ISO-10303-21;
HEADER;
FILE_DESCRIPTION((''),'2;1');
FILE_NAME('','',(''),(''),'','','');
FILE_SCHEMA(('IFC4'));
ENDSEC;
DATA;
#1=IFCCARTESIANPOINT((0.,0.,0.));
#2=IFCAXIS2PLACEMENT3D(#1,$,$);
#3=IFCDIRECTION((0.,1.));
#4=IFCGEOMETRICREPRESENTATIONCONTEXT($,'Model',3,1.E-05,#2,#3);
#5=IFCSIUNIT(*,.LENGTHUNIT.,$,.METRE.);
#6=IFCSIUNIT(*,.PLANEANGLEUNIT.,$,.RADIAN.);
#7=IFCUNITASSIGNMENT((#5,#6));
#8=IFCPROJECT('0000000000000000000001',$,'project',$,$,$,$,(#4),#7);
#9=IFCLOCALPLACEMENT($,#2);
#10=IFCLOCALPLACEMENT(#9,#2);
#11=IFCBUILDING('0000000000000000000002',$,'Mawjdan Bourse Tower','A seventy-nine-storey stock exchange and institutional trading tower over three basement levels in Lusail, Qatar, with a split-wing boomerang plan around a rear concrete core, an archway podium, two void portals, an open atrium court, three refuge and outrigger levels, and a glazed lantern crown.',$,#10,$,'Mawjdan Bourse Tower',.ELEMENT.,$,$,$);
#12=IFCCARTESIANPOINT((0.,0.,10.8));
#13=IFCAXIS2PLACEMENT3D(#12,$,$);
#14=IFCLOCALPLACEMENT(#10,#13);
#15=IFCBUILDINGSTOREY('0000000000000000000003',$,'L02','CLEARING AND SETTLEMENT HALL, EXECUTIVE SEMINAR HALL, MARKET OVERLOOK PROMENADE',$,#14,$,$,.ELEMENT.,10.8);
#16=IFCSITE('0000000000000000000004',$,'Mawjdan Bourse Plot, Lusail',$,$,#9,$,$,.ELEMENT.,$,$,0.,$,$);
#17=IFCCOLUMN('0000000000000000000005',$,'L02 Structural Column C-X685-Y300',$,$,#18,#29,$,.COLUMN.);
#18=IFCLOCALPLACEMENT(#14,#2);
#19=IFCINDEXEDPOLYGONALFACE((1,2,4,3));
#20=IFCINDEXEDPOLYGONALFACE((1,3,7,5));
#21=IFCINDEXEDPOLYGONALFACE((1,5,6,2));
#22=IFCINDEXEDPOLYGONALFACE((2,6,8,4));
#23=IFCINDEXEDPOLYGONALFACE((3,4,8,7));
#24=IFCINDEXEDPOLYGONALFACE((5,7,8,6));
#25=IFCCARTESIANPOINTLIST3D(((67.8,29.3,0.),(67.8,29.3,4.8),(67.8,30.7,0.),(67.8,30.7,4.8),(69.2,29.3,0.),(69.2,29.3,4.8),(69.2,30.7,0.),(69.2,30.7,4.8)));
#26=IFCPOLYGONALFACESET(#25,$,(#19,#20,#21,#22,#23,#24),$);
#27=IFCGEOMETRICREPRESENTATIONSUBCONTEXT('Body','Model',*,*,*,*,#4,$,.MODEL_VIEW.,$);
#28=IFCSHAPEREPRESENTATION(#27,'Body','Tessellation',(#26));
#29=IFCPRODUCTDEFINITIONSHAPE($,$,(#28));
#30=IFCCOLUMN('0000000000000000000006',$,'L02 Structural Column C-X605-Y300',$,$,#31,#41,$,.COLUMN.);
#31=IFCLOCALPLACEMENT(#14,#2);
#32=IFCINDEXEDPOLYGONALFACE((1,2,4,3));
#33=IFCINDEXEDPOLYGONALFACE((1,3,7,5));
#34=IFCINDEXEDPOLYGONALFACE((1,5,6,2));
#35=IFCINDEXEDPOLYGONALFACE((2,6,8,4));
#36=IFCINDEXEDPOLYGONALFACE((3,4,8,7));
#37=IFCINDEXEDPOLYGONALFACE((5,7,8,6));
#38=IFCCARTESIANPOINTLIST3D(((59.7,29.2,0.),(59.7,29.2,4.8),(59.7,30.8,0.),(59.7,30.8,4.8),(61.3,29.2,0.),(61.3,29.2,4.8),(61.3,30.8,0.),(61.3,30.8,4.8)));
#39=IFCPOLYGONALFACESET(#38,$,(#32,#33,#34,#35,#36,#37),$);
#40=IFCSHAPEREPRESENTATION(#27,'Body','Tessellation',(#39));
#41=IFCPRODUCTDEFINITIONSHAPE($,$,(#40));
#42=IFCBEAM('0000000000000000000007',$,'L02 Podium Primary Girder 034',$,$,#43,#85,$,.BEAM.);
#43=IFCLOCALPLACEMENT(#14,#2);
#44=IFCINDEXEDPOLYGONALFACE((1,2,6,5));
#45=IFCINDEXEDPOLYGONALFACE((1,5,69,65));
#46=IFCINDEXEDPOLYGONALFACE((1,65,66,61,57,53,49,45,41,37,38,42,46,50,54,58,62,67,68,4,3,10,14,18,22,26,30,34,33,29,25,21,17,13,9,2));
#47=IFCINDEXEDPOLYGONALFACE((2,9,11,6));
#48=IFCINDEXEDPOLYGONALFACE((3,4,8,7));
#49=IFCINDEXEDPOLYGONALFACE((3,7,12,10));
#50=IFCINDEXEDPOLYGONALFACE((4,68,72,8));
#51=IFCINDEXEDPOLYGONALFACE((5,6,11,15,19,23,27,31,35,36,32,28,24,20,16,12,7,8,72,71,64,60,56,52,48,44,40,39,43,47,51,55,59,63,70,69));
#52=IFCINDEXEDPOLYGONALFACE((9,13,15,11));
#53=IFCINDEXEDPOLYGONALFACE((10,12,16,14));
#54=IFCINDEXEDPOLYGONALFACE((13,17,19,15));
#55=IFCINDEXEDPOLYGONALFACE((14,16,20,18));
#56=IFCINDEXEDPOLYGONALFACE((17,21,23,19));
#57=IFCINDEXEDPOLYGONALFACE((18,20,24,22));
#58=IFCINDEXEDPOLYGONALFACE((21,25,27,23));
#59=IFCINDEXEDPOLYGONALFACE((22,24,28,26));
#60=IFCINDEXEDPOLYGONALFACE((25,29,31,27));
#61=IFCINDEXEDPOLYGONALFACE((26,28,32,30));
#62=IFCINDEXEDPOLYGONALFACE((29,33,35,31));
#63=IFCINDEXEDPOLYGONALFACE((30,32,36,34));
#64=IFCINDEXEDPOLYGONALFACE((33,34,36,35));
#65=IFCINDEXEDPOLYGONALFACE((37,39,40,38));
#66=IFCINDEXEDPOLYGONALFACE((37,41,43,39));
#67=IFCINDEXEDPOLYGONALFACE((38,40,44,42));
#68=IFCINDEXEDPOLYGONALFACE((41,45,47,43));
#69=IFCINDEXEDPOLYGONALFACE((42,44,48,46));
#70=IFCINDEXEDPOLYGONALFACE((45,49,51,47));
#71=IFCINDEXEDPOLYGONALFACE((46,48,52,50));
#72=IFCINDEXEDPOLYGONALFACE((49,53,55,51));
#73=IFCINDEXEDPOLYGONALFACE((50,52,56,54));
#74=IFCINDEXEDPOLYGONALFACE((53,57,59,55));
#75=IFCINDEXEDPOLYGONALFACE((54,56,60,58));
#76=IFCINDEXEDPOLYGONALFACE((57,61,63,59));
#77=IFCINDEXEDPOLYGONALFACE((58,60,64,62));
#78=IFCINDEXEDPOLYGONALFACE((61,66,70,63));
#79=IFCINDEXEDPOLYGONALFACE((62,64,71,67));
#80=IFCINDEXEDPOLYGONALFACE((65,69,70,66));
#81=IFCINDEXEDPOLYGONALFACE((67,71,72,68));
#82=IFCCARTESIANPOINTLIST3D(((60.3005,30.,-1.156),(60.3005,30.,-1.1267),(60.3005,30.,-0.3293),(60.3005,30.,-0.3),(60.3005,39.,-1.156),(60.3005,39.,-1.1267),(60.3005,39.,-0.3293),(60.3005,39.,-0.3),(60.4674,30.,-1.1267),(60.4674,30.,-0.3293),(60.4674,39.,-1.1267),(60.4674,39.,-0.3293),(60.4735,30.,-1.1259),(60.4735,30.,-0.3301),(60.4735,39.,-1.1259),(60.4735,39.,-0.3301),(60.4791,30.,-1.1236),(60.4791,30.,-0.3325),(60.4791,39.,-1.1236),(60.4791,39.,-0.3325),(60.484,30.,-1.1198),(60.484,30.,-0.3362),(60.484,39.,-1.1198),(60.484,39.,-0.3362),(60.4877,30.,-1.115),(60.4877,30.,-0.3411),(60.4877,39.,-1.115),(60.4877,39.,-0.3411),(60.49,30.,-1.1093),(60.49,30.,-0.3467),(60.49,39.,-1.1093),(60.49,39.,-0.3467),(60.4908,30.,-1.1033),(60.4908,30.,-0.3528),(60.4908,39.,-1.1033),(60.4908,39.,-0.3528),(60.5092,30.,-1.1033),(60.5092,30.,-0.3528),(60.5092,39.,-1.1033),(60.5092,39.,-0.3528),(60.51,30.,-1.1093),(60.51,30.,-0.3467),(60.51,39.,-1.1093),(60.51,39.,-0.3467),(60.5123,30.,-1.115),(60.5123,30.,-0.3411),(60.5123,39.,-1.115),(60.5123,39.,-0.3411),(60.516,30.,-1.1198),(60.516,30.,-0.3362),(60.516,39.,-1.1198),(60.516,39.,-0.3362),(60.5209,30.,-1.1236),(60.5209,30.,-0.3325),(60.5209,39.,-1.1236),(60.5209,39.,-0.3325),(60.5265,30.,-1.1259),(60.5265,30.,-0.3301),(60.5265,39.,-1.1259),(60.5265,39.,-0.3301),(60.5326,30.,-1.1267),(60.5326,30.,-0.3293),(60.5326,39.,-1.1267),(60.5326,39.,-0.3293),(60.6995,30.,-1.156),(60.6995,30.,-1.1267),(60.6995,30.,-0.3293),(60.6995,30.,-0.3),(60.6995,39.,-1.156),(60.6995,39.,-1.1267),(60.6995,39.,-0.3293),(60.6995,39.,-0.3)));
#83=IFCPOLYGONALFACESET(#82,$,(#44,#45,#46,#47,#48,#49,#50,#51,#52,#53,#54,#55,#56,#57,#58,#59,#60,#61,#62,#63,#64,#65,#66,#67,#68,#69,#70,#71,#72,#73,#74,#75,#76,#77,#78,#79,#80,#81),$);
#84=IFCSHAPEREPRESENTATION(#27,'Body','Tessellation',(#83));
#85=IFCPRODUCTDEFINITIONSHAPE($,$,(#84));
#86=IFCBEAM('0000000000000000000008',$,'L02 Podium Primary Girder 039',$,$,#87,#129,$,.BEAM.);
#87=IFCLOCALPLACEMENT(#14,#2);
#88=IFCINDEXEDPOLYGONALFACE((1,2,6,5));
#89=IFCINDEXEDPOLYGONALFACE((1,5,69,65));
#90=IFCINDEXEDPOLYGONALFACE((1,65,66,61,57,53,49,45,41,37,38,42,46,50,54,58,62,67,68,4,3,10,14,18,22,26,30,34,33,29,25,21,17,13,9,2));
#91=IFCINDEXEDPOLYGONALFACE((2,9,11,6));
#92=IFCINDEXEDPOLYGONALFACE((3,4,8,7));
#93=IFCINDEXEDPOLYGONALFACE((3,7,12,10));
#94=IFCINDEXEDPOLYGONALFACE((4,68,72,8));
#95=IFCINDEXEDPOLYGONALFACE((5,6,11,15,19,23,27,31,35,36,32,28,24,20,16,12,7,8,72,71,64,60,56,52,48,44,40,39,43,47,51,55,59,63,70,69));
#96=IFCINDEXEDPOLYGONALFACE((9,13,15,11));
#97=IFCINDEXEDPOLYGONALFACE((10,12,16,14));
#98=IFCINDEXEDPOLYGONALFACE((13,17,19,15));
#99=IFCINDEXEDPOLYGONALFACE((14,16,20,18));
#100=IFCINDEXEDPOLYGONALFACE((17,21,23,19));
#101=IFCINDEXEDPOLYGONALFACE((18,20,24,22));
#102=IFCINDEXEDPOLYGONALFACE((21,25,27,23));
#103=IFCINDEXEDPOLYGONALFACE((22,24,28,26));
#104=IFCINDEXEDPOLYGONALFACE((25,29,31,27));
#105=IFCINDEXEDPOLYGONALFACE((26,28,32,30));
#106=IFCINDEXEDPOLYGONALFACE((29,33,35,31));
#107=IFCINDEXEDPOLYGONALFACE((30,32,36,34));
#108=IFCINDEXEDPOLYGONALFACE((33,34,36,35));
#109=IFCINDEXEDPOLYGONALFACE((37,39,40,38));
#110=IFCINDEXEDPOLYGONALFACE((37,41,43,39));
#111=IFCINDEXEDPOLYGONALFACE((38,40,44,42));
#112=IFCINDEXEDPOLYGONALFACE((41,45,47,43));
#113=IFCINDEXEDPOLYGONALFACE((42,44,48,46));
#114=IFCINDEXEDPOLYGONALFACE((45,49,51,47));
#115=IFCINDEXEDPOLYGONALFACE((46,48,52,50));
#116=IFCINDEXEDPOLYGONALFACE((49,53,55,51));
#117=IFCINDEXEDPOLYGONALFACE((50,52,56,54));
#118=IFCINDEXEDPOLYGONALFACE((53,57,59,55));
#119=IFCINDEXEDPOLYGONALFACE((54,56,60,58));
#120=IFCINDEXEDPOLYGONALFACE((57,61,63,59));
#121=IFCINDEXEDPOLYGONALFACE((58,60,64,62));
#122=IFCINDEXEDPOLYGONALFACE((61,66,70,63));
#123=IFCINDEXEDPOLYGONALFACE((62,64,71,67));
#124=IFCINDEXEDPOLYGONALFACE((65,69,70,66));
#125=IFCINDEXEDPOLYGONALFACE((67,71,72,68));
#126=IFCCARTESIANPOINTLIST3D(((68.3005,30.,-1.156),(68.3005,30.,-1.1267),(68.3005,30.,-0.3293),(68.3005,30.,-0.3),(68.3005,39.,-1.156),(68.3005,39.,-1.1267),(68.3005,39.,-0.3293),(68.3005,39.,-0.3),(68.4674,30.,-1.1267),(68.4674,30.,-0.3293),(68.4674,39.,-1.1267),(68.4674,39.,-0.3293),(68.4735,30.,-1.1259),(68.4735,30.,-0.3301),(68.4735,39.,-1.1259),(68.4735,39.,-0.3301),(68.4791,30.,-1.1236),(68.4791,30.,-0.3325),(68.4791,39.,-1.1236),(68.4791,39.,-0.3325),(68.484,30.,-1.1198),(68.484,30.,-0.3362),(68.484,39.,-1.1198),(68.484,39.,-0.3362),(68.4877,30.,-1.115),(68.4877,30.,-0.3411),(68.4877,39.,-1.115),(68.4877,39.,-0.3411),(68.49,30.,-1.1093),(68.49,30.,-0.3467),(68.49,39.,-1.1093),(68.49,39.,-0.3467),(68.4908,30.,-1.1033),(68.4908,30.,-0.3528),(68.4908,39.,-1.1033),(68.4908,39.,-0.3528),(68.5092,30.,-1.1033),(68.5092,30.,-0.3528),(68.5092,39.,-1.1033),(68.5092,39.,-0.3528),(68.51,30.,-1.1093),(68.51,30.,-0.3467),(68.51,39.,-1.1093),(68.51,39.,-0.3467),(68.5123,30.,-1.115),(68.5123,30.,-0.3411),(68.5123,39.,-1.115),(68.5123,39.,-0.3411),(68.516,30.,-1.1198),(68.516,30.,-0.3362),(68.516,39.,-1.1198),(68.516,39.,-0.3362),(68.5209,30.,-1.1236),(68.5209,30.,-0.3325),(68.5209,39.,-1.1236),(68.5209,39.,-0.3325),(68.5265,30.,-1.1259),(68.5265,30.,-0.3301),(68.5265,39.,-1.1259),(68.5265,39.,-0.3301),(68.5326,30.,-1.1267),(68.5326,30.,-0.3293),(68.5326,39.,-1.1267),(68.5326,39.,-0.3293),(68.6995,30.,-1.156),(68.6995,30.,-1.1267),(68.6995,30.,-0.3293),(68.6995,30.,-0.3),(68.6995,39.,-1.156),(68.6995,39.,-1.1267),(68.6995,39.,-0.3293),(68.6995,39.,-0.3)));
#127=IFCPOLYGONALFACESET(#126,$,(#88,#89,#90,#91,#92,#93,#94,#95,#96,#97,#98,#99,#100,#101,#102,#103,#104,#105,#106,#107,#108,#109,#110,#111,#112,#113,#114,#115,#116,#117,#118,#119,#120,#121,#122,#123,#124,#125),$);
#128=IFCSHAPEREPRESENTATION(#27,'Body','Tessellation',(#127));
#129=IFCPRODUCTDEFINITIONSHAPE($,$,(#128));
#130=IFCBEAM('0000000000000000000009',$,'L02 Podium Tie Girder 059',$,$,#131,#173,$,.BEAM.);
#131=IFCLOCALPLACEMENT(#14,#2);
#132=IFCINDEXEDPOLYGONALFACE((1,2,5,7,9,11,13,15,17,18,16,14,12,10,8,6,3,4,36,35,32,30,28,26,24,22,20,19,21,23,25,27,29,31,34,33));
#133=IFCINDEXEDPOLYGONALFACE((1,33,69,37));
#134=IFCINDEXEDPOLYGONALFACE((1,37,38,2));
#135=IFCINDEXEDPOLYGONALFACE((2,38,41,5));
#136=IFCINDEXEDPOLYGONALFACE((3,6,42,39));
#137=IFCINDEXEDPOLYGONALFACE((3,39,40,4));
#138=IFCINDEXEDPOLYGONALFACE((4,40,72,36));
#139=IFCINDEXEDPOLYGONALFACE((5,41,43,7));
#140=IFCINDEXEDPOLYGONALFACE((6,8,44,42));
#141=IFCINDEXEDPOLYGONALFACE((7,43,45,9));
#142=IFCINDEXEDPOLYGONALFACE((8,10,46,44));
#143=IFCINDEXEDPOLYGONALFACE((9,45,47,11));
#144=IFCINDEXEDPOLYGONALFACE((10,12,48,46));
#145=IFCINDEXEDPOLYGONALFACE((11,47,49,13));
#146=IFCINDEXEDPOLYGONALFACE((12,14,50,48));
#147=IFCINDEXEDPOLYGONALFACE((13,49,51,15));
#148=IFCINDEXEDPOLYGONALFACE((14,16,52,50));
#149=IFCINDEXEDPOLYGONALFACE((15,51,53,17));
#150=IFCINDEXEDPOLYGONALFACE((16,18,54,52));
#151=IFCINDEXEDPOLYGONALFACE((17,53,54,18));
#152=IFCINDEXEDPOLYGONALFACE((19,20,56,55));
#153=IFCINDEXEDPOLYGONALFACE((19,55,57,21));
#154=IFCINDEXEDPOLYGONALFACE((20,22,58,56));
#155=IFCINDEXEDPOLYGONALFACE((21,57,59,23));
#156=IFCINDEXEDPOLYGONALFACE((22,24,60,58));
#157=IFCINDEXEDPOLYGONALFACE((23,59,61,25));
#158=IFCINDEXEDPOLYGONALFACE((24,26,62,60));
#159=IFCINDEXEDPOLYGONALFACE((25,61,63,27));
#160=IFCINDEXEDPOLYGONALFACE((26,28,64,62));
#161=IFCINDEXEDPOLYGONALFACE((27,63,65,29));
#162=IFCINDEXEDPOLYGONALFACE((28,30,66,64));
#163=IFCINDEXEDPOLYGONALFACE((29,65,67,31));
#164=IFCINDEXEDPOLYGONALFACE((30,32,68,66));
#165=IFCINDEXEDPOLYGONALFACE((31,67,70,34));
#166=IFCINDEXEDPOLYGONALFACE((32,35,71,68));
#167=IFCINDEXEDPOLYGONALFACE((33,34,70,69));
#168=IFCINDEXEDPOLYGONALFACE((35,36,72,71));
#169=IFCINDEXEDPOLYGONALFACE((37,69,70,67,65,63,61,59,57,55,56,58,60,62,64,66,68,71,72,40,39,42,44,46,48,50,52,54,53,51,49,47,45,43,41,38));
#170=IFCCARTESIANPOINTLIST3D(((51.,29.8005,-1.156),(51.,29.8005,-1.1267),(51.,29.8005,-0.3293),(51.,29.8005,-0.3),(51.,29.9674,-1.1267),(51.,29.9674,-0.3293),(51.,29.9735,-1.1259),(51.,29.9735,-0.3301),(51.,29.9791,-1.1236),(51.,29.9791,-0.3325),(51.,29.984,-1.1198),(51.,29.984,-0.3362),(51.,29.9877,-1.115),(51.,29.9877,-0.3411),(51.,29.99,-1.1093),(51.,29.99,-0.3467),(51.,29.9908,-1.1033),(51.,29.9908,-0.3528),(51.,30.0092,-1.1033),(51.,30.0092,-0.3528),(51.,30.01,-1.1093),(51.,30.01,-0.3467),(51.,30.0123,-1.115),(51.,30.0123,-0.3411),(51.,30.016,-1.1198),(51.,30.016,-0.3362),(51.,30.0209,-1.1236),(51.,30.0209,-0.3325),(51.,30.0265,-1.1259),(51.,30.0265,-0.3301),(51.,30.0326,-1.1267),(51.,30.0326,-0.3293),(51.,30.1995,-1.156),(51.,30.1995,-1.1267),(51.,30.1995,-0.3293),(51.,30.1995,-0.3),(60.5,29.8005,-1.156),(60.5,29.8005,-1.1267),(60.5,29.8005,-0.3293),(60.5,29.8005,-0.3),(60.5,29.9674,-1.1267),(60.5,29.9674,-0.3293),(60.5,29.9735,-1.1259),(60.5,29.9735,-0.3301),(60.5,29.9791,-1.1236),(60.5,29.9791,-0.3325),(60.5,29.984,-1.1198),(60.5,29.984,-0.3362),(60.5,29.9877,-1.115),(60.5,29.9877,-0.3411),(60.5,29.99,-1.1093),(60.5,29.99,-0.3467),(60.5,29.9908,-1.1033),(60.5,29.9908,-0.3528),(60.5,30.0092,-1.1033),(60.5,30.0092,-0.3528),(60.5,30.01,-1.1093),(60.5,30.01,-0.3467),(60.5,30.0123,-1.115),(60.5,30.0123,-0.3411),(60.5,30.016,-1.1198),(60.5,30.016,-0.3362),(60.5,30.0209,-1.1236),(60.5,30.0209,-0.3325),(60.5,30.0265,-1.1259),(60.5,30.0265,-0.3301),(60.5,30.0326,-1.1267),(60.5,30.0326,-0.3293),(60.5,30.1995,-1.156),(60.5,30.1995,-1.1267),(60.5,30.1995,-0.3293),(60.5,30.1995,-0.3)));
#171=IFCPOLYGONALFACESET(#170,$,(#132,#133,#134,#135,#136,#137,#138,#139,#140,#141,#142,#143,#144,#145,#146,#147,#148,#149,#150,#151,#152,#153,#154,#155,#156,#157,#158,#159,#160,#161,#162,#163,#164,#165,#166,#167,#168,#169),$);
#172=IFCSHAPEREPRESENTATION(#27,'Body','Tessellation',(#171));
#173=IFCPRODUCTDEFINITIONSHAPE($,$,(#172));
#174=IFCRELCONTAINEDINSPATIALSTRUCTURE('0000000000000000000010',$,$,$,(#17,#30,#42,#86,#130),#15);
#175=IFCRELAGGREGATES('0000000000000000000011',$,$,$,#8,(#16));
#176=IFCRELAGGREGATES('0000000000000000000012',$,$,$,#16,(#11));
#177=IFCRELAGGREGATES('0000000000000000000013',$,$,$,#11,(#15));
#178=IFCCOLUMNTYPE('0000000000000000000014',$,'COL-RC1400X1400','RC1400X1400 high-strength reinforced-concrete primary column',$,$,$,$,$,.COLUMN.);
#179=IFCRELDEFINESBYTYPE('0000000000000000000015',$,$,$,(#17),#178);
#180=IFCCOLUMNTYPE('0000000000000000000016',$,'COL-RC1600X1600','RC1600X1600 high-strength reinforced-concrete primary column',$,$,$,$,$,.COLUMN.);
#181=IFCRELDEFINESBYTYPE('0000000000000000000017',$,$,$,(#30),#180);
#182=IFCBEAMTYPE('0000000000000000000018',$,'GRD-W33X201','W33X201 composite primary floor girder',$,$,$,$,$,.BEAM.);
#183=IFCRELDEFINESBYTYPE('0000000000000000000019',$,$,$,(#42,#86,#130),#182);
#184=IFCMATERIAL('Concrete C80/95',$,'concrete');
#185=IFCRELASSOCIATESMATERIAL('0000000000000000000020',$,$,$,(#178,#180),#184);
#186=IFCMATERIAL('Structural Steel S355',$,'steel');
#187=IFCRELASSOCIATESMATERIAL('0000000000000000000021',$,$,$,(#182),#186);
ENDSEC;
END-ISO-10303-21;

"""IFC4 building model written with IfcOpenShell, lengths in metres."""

from ifc_helpers import new_model, si_unit, direction, frame, origin, origin_2d, place, context, subcontext, project, spatial, rectangle, i_section, extrude, material, material_profile, profile_set, type_object, element, save


model = new_model("IFC4")

# Units and contexts
model_context = context("Model", 3, precision=1e-05, world=origin(), true_north=direction((0.0, 1.0)))
body_context = subcontext(model_context, "Body", "Model", "MODEL_VIEW")
ifc_project = project(units=[si_unit("LENGTHUNIT", "METRE"), si_unit("PLANEANGLEUNIT", "RADIAN")], contexts=[model_context])

# Site, building, storey
site_placement = place(None, origin())
site = spatial("IfcSite", under=ifc_project, at=site_placement, Name="Mawjdan Bourse Plot, Lusail", CompositionType="ELEMENT", RefElevation=0.0)
building_placement = place(site_placement, origin())
building = spatial("IfcBuilding", under=site, at=building_placement, Name="Mawjdan Bourse Tower", Description="A seventy-nine-storey stock exchange and institutional trading tower over three basement levels in Lusail, Qatar, with a split-wing boomerang plan around a rear concrete core, an archway podium, two void portals, an open atrium court, three refuge and outrigger levels, and a glazed lantern crown.", LongName="Mawjdan Bourse Tower", CompositionType="ELEMENT")
storey_placement = place(building_placement, frame((0.0, 0.0, 10.8)))
storey = spatial("IfcBuildingStorey", under=building, at=storey_placement, Name="L02", Description="CLEARING AND SETTLEMENT HALL, EXECUTIVE SEMINAR HALL, MARKET OVERLOOK PROMENADE", CompositionType="ELEMENT", Elevation=10.8)

# Columns
ifc_material_1 = material(Name="Concrete C80/95", Category="concrete")
ifc_material_profile_1 = material_profile(ifc_material_1, rectangle(XDim=1.3999, YDim=1.3999, at=origin_2d()), Name="RC1400X1400")
ifc_profile_set_1 = profile_set([ifc_material_profile_1], Name="Concrete C80/95")
column_type_1 = type_object("IfcColumnType", Name="COL-RC1400X1400", Description="RC1400X1400 high-strength reinforced-concrete primary column", PredefinedType="COLUMN", material=ifc_profile_set_1)
column_1_placement = place(storey_placement, frame((68.5, 30.0, 0.0), z_axis=(0.0, 0.0, 1.0), x_axis=(1.0, 0.0, 0.0)))
element("IfcColumn", 1, at=column_1_placement, inside=storey, type_object=column_type_1, Name="L02 Structural Column C-X685-Y300", PredefinedType="COLUMN", context=body_context, shape_type="SweptSolid", body=[
    extrude(rectangle(XDim=1.3999, YDim=1.3999, at=origin_2d()), origin(), (0.0, 0.0, 1.0), 4.8),
])
ifc_material_profile_2 = material_profile(ifc_material_1, rectangle(XDim=1.6001, YDim=1.6001, at=origin_2d()), Name="RC1600X1600")
ifc_profile_set_2 = profile_set([ifc_material_profile_2], Name="Concrete C80/95")
column_type_2 = type_object("IfcColumnType", Name="COL-RC1600X1600", Description="RC1600X1600 high-strength reinforced-concrete primary column", PredefinedType="COLUMN", material=ifc_profile_set_2)
column_2_placement = place(storey_placement, frame((60.5, 30.0, 0.0), z_axis=(0.0, 0.0, 1.0), x_axis=(1.0, 0.0, 0.0)))
element("IfcColumn", 2, at=column_2_placement, inside=storey, type_object=column_type_2, Name="L02 Structural Column C-X605-Y300", PredefinedType="COLUMN", context=body_context, shape_type="SweptSolid", body=[
    extrude(rectangle(XDim=1.6001, YDim=1.6001, at=origin_2d()), origin(), (0.0, 0.0, 1.0), 4.8),
])

# Beams
ifc_material_2 = material(Name="Structural Steel S355", Category="steel")
ifc_material_profile_3 = material_profile(ifc_material_2, i_section(OverallWidth=0.3989, OverallDepth=0.856, WebThickness=0.0183, FlangeThickness=0.0293, FilletRadius=0.0234, at=origin_2d()), Name="W33X201")
ifc_profile_set_3 = profile_set([ifc_material_profile_3], Name="Structural Steel S355")
beam_type_1 = type_object("IfcBeamType", Name="GRD-W33X201", Description="W33X201 composite primary floor girder", PredefinedType="BEAM", material=ifc_profile_set_3)
for number, where, z_axis, x_axis, name in (
    (3, (60.5, 30.0, -0.728), (0.0, 1.0, 0.0), (-1.0, 0.0, 0.0), "L02 Podium Primary Girder 034"),
    (4, (68.5, 30.0, -0.728), (0.0, 1.0, 0.0), (-1.0, 0.0, 0.0), "L02 Podium Primary Girder 039"),
):
    element("IfcBeam", number, at=place(storey_placement, frame(where, z_axis=z_axis, x_axis=x_axis)), inside=storey, type_object=beam_type_1, Name=name, PredefinedType="BEAM", context=body_context, shape_type="SweptSolid", body=[
        extrude(i_section(OverallWidth=0.3989, OverallDepth=0.856, WebThickness=0.0183, FlangeThickness=0.0293, FilletRadius=0.0234, at=origin_2d()), origin(), (0.0, 0.0, 1.0), 9.0),
    ])
beam_1_placement = place(storey_placement, frame((51.0, 30.0, -0.728), z_axis=(1.0, 0.0, 0.0), x_axis=(0.0, 1.0, 0.0)))
element("IfcBeam", 5, at=beam_1_placement, inside=storey, type_object=beam_type_1, Name="L02 Podium Tie Girder 059", PredefinedType="BEAM", context=body_context, shape_type="SweptSolid", body=[
    extrude(i_section(OverallWidth=0.3989, OverallDepth=0.856, WebThickness=0.0183, FlangeThickness=0.0293, FilletRadius=0.0234, at=origin_2d()), origin(), (0.0, 0.0, 1.0), 9.5),
])

save(model, "model.ifc")
